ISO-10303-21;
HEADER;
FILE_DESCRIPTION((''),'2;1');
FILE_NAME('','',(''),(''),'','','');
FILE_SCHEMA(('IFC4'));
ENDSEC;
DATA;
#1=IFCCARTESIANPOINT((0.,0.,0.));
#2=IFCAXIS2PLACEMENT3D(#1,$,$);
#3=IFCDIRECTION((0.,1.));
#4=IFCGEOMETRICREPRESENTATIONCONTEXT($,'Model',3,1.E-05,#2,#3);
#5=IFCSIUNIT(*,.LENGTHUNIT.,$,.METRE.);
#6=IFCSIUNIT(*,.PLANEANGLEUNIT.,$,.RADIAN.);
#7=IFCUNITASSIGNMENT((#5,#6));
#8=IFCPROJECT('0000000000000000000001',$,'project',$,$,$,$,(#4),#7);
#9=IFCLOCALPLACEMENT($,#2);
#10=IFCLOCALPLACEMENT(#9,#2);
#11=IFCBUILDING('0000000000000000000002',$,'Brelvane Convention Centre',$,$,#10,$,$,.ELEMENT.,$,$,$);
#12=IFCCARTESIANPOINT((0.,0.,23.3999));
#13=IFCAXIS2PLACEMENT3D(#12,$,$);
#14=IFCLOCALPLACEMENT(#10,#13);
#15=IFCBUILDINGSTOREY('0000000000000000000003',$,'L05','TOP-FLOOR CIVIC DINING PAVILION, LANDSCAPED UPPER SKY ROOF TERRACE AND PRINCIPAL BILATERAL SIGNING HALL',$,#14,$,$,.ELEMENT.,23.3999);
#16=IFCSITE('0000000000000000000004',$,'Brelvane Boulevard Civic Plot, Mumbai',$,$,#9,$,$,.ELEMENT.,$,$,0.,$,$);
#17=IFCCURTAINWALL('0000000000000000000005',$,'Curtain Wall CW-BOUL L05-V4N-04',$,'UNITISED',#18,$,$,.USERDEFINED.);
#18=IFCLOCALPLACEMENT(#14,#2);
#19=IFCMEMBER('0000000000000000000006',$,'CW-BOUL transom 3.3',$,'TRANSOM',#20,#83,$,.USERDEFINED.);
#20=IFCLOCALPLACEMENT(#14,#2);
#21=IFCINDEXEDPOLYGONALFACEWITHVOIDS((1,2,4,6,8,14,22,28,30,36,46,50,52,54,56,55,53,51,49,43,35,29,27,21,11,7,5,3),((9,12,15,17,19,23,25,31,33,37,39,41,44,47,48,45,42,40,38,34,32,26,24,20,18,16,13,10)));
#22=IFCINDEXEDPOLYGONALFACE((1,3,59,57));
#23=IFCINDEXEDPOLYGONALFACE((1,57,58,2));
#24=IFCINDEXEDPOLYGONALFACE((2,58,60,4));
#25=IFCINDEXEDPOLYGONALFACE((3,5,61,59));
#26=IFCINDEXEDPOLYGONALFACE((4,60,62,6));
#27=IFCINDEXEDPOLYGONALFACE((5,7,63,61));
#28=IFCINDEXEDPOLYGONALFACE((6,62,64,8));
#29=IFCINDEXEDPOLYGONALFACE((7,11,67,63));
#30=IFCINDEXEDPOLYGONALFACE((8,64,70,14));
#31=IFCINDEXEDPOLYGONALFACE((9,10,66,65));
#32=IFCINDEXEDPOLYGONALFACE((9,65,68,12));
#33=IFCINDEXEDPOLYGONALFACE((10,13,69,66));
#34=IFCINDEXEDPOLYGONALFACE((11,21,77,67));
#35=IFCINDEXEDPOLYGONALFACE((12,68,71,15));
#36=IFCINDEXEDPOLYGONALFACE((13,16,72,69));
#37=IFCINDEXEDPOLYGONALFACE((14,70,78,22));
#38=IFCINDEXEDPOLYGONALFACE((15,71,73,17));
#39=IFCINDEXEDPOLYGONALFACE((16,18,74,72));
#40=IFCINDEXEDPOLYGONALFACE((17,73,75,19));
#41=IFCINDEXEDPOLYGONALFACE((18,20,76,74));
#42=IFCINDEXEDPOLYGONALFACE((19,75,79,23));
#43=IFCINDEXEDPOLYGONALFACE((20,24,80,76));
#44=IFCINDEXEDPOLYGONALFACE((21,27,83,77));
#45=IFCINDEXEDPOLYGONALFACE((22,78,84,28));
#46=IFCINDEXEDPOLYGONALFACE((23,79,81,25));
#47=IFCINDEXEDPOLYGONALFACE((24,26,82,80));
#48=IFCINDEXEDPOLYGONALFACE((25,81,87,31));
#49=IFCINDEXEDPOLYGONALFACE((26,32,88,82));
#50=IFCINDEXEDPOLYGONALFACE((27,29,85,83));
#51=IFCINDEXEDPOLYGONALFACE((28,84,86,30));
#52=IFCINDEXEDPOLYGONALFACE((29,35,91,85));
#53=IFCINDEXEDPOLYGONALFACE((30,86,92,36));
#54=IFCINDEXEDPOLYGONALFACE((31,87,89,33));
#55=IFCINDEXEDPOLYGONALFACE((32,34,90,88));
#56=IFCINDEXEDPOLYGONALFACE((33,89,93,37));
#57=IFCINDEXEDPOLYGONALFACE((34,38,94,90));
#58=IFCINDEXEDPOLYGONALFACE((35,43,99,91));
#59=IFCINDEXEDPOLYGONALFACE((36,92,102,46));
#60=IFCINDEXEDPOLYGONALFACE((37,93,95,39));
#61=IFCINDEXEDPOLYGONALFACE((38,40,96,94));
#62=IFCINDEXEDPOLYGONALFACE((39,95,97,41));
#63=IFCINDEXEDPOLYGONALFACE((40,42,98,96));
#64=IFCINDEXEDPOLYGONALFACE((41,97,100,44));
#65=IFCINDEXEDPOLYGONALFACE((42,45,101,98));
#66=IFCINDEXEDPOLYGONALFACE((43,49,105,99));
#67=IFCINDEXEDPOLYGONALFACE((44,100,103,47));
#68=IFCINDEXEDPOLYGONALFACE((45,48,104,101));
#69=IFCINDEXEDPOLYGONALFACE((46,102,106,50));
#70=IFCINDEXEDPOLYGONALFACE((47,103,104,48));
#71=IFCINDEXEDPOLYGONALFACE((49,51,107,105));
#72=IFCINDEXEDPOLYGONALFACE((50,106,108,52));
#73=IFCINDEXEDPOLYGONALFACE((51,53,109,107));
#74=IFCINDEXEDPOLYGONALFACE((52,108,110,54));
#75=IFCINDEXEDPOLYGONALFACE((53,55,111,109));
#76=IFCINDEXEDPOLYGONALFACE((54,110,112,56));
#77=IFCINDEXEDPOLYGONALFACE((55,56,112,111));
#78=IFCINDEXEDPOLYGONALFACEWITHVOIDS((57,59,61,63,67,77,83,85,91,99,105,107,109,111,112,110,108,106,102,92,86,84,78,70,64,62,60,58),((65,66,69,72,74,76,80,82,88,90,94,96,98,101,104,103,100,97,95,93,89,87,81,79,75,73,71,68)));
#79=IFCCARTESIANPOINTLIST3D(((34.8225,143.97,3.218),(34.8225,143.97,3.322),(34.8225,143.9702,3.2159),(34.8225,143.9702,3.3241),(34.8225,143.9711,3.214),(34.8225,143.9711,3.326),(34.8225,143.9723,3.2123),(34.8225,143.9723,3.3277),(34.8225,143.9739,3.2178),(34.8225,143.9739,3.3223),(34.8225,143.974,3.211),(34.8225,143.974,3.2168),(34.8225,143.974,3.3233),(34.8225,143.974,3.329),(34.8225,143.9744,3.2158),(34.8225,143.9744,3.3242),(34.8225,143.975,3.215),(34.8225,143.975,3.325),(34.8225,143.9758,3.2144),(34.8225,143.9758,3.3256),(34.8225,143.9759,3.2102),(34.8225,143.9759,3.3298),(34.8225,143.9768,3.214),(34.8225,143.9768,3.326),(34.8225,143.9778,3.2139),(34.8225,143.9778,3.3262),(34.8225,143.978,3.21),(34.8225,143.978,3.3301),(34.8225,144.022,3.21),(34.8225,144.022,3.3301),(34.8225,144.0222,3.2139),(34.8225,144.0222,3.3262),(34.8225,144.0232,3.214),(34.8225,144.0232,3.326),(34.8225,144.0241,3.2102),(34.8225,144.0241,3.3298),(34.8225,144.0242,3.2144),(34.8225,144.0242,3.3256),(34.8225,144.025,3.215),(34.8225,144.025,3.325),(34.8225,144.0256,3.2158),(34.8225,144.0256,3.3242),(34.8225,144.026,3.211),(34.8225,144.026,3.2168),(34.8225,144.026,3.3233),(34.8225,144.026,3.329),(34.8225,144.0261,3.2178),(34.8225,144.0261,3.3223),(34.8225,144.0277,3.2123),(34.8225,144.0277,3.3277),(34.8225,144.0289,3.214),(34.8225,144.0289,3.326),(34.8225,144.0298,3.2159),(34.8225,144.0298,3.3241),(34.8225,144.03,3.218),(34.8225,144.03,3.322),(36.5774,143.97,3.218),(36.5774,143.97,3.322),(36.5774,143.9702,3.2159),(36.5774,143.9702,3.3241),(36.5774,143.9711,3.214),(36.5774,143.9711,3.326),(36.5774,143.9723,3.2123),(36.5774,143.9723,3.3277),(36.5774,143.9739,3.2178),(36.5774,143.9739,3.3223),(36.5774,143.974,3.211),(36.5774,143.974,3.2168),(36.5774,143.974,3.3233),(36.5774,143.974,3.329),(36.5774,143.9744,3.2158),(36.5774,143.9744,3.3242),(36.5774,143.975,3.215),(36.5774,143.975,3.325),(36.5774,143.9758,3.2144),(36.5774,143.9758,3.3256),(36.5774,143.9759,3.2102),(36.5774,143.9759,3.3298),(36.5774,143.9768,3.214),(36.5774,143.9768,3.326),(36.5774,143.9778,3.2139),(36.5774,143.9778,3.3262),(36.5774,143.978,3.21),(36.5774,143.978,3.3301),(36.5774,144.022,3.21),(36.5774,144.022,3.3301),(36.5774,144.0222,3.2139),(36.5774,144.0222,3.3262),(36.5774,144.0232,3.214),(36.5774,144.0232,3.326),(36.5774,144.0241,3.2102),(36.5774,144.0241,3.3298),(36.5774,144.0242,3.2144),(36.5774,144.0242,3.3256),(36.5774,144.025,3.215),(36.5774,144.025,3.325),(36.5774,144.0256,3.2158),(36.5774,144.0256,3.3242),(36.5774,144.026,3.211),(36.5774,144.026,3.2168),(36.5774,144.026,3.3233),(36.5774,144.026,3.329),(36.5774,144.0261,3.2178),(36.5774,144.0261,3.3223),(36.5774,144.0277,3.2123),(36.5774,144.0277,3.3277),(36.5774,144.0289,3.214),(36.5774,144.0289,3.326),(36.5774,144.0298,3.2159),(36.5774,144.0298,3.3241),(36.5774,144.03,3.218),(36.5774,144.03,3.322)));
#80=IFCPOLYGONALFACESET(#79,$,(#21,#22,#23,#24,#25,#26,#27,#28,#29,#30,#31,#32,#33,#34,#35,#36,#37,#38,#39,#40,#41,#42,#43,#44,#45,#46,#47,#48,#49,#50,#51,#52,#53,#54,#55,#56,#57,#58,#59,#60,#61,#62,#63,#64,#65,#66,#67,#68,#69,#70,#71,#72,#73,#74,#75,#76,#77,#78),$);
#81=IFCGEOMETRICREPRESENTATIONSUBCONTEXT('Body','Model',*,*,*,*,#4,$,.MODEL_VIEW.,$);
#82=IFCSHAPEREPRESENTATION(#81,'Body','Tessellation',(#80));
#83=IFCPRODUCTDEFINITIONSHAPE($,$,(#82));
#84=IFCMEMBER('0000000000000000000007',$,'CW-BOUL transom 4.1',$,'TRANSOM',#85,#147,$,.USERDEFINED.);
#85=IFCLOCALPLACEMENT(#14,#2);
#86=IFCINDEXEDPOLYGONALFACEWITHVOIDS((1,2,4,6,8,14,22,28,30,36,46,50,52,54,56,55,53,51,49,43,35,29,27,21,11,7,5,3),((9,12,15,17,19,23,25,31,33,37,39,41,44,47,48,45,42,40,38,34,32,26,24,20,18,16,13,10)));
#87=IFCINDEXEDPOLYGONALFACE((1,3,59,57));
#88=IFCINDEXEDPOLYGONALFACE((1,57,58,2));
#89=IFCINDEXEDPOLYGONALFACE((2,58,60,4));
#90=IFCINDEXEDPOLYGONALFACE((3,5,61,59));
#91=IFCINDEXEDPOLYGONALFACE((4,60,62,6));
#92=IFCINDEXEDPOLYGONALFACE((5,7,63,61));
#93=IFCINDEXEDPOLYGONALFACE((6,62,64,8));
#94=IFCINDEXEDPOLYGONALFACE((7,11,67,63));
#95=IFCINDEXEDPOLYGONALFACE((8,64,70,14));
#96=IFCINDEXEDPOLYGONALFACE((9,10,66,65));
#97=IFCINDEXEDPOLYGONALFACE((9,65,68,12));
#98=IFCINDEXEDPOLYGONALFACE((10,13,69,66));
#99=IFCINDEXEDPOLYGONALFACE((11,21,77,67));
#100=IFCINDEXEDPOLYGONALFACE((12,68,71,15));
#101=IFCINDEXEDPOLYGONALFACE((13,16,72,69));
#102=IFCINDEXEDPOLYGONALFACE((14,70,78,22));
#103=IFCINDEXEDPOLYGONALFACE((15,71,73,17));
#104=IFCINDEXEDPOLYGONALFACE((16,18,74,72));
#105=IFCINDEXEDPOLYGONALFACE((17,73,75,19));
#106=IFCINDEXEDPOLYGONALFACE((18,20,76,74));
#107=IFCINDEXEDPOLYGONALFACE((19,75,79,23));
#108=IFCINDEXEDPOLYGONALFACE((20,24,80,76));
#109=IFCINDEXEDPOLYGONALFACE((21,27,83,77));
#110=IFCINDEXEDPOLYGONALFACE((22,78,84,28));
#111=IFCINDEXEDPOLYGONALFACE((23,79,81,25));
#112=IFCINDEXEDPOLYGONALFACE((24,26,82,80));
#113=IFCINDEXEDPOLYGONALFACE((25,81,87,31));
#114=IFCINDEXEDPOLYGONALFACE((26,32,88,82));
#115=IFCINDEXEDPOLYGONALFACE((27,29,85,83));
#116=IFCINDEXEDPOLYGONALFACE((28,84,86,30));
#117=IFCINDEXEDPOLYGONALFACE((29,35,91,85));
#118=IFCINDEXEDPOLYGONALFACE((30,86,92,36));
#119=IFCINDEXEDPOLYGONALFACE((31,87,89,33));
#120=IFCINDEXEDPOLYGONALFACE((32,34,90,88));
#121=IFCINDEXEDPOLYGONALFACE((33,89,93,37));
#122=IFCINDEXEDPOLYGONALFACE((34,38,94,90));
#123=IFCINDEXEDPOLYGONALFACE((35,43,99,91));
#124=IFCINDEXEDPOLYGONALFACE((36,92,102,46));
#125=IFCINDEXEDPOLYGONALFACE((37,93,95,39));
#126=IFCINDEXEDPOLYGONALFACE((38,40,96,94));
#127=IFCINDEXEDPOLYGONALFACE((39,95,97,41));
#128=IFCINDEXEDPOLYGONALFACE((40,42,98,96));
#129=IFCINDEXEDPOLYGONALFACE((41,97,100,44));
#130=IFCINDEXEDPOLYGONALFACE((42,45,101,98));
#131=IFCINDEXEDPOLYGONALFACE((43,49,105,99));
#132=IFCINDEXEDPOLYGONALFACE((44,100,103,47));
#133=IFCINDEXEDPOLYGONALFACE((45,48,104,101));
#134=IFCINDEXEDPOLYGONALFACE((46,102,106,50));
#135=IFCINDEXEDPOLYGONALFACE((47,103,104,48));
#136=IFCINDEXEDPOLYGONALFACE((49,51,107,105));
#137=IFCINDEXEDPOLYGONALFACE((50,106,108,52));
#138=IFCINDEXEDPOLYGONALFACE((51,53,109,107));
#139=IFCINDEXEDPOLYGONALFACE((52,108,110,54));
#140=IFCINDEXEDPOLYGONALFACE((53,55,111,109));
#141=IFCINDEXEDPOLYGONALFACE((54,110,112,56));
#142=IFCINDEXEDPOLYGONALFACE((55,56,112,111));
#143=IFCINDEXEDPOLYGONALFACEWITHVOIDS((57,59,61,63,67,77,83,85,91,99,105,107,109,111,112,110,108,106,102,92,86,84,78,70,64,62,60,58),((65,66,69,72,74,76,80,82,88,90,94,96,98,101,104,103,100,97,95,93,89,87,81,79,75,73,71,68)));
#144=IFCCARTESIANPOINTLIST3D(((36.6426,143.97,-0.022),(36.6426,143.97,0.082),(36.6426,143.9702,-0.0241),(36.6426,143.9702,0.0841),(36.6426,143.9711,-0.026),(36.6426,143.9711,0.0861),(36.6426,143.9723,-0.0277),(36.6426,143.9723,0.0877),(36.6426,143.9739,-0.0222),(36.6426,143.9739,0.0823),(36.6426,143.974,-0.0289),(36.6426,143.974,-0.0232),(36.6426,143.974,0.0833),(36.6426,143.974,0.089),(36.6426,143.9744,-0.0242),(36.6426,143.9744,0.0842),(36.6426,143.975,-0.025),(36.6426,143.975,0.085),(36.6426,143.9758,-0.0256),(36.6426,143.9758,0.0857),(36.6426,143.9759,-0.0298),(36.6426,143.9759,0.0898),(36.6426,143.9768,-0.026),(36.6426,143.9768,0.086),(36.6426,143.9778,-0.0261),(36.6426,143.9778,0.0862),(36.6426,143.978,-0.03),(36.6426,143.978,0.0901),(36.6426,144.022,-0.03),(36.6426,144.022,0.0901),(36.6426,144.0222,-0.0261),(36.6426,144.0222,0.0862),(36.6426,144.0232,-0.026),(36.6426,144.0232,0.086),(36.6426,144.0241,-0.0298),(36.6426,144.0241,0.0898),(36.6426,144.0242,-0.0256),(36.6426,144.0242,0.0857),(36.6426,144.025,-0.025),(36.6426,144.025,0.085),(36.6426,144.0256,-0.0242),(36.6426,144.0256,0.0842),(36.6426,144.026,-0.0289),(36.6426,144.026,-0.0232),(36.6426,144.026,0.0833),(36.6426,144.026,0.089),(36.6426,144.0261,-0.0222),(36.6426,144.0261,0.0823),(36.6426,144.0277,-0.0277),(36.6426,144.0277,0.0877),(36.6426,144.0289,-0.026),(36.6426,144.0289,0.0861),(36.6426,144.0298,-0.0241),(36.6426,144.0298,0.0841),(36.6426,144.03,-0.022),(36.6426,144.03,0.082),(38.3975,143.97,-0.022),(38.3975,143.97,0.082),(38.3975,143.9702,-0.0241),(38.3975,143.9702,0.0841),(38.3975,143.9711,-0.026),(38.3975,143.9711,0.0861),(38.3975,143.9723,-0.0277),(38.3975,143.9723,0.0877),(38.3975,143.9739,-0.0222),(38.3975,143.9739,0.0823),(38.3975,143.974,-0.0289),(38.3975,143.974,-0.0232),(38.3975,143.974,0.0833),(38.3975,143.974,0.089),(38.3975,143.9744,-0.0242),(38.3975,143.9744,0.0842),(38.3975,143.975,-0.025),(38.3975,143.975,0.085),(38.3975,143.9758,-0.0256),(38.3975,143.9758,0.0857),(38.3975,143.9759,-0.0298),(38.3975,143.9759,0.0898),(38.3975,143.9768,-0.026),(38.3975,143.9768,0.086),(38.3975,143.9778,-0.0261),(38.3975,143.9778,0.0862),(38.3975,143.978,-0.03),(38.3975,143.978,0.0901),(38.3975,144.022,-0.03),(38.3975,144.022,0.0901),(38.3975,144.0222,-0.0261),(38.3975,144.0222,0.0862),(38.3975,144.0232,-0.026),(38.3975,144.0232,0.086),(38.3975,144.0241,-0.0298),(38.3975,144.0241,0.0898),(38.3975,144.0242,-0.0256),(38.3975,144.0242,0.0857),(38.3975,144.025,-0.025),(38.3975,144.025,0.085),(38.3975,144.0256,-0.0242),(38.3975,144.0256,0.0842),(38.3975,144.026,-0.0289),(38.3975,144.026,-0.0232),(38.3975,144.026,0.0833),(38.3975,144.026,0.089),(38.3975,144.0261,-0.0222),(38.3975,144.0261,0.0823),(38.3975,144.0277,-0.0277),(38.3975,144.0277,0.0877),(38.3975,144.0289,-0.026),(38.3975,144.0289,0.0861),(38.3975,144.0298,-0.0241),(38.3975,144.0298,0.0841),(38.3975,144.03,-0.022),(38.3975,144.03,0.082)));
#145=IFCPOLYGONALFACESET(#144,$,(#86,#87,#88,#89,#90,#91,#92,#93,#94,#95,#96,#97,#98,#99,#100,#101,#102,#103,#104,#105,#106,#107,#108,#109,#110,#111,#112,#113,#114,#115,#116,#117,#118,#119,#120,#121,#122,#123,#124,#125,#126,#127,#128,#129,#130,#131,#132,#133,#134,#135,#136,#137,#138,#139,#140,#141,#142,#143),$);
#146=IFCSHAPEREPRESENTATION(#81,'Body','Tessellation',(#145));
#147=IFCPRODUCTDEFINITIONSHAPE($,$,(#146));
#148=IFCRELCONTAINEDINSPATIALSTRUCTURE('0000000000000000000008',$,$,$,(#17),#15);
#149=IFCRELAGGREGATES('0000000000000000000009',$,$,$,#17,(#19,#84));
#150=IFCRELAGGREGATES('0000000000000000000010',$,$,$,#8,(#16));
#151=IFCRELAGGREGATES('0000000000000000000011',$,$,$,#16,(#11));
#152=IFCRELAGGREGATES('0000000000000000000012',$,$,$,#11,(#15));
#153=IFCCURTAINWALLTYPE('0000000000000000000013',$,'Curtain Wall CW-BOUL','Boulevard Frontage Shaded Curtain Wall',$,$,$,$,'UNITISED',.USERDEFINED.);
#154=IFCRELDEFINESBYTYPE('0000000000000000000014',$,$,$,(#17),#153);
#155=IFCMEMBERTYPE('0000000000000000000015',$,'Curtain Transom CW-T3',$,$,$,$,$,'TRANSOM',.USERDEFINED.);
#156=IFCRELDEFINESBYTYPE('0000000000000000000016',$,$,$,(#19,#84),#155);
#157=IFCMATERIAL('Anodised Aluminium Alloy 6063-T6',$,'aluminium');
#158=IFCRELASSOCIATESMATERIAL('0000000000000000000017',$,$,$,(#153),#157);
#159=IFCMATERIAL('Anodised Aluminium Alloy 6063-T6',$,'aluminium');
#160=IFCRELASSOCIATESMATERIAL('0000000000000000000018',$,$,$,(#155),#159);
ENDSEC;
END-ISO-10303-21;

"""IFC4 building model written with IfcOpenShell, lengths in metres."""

from ifc_helpers import new_model, si_unit, direction, frame, origin, origin_2d, place, context, subcontext, project, spatial, hollow_rectangle, extrude, material, material_profile, profile_set, type_object, element, aggregate, save


model = new_model("IFC4")

# Units and contexts
model_context = context("Model", 3, precision=1e-05, world=origin(), true_north=direction((0.0, 1.0)))
body_context = subcontext(model_context, "Body", "Model", "MODEL_VIEW")
ifc_project = project(units=[si_unit("LENGTHUNIT", "METRE"), si_unit("PLANEANGLEUNIT", "RADIAN")], contexts=[model_context])

# Site, building, storey
site_placement = place(None, origin())
site = spatial("IfcSite", under=ifc_project, at=site_placement, Name="Brelvane Boulevard Civic Plot, Mumbai", CompositionType="ELEMENT", RefElevation=0.0)
building_placement = place(site_placement, origin())
building = spatial("IfcBuilding", under=site, at=building_placement, Name="Brelvane Convention Centre", CompositionType="ELEMENT")
storey_placement = place(building_placement, frame((0.0, 0.0, 23.3999)))
storey = spatial("IfcBuildingStorey", under=building, at=storey_placement, Name="L05", Description="TOP-FLOOR CIVIC DINING PAVILION, LANDSCAPED UPPER SKY ROOF TERRACE AND PRINCIPAL BILATERAL SIGNING HALL", CompositionType="ELEMENT", Elevation=23.3999)

# Curtain wall, members
ifc_material_1 = material(Name="Anodised Aluminium Alloy 6063-T6", Category="aluminium")
curtain_wall_type = type_object("IfcCurtainWallType", Name="Curtain Wall CW-BOUL", Description="Boulevard Frontage Shaded Curtain Wall", ElementType="UNITISED", PredefinedType="USERDEFINED", material=ifc_material_1)
curtain_wall_placement = place(storey_placement, origin())
curtain_wall = element("IfcCurtainWall", 1, at=curtain_wall_placement, inside=storey, type_object=curtain_wall_type, Name="Curtain Wall CW-BOUL L05-V4N-04", ObjectType="UNITISED", PredefinedType="USERDEFINED")
ifc_material_2 = material(Name="Anodised Aluminium Alloy 6063-T6", Category="aluminium")
ifc_material_profile_1 = material_profile(ifc_material_2, hollow_rectangle(XDim=0.0601, YDim=0.1201, WallThickness=0.0039, InnerFilletRadius=0.0039, OuterFilletRadius=0.0081, at=origin_2d()), Name="ALU-T 120x60x4.0")
ifc_profile_set_1 = profile_set([ifc_material_profile_1], Name="Anodised Aluminium Alloy 6063-T6")
member_type_1 = type_object("IfcMemberType", Name="Curtain Transom CW-T3", ElementType="TRANSOM", PredefinedType="USERDEFINED", material=ifc_profile_set_1)
member_1_placement = place(storey_placement, frame((34.8225, 144.0, 3.27), z_axis=(1.0, 0.0, 0.0), x_axis=(0.0, 1.0, 0.0)))
member_1 = element("IfcMember", 2, at=member_1_placement, type_object=member_type_1, Name="CW-BOUL transom 3.3", ObjectType="TRANSOM", PredefinedType="USERDEFINED", context=body_context, shape_type="SweptSolid", body=[
    extrude(hollow_rectangle(XDim=0.0601, YDim=0.1201, WallThickness=0.0039, InnerFilletRadius=0.0039, OuterFilletRadius=0.0081, at=origin_2d()), origin(), (0.0, 0.0, 1.0), 1.7549),
])
member_2_placement = place(storey_placement, frame((36.6426, 144.0, 0.03), z_axis=(1.0, 0.0, 0.0), x_axis=(0.0, 1.0, 0.0)))
member_2 = element("IfcMember", 3, at=member_2_placement, type_object=member_type_1, Name="CW-BOUL transom 4.1", ObjectType="TRANSOM", PredefinedType="USERDEFINED", context=body_context, shape_type="SweptSolid", body=[
    extrude(hollow_rectangle(XDim=0.0601, YDim=0.1201, WallThickness=0.0039, InnerFilletRadius=0.0039, OuterFilletRadius=0.0081, at=origin_2d()), origin(), (0.0, 0.0, 1.0), 1.7549),
])
aggregate(curtain_wall, [member_1, member_2])

save(model, "model.ifc")
